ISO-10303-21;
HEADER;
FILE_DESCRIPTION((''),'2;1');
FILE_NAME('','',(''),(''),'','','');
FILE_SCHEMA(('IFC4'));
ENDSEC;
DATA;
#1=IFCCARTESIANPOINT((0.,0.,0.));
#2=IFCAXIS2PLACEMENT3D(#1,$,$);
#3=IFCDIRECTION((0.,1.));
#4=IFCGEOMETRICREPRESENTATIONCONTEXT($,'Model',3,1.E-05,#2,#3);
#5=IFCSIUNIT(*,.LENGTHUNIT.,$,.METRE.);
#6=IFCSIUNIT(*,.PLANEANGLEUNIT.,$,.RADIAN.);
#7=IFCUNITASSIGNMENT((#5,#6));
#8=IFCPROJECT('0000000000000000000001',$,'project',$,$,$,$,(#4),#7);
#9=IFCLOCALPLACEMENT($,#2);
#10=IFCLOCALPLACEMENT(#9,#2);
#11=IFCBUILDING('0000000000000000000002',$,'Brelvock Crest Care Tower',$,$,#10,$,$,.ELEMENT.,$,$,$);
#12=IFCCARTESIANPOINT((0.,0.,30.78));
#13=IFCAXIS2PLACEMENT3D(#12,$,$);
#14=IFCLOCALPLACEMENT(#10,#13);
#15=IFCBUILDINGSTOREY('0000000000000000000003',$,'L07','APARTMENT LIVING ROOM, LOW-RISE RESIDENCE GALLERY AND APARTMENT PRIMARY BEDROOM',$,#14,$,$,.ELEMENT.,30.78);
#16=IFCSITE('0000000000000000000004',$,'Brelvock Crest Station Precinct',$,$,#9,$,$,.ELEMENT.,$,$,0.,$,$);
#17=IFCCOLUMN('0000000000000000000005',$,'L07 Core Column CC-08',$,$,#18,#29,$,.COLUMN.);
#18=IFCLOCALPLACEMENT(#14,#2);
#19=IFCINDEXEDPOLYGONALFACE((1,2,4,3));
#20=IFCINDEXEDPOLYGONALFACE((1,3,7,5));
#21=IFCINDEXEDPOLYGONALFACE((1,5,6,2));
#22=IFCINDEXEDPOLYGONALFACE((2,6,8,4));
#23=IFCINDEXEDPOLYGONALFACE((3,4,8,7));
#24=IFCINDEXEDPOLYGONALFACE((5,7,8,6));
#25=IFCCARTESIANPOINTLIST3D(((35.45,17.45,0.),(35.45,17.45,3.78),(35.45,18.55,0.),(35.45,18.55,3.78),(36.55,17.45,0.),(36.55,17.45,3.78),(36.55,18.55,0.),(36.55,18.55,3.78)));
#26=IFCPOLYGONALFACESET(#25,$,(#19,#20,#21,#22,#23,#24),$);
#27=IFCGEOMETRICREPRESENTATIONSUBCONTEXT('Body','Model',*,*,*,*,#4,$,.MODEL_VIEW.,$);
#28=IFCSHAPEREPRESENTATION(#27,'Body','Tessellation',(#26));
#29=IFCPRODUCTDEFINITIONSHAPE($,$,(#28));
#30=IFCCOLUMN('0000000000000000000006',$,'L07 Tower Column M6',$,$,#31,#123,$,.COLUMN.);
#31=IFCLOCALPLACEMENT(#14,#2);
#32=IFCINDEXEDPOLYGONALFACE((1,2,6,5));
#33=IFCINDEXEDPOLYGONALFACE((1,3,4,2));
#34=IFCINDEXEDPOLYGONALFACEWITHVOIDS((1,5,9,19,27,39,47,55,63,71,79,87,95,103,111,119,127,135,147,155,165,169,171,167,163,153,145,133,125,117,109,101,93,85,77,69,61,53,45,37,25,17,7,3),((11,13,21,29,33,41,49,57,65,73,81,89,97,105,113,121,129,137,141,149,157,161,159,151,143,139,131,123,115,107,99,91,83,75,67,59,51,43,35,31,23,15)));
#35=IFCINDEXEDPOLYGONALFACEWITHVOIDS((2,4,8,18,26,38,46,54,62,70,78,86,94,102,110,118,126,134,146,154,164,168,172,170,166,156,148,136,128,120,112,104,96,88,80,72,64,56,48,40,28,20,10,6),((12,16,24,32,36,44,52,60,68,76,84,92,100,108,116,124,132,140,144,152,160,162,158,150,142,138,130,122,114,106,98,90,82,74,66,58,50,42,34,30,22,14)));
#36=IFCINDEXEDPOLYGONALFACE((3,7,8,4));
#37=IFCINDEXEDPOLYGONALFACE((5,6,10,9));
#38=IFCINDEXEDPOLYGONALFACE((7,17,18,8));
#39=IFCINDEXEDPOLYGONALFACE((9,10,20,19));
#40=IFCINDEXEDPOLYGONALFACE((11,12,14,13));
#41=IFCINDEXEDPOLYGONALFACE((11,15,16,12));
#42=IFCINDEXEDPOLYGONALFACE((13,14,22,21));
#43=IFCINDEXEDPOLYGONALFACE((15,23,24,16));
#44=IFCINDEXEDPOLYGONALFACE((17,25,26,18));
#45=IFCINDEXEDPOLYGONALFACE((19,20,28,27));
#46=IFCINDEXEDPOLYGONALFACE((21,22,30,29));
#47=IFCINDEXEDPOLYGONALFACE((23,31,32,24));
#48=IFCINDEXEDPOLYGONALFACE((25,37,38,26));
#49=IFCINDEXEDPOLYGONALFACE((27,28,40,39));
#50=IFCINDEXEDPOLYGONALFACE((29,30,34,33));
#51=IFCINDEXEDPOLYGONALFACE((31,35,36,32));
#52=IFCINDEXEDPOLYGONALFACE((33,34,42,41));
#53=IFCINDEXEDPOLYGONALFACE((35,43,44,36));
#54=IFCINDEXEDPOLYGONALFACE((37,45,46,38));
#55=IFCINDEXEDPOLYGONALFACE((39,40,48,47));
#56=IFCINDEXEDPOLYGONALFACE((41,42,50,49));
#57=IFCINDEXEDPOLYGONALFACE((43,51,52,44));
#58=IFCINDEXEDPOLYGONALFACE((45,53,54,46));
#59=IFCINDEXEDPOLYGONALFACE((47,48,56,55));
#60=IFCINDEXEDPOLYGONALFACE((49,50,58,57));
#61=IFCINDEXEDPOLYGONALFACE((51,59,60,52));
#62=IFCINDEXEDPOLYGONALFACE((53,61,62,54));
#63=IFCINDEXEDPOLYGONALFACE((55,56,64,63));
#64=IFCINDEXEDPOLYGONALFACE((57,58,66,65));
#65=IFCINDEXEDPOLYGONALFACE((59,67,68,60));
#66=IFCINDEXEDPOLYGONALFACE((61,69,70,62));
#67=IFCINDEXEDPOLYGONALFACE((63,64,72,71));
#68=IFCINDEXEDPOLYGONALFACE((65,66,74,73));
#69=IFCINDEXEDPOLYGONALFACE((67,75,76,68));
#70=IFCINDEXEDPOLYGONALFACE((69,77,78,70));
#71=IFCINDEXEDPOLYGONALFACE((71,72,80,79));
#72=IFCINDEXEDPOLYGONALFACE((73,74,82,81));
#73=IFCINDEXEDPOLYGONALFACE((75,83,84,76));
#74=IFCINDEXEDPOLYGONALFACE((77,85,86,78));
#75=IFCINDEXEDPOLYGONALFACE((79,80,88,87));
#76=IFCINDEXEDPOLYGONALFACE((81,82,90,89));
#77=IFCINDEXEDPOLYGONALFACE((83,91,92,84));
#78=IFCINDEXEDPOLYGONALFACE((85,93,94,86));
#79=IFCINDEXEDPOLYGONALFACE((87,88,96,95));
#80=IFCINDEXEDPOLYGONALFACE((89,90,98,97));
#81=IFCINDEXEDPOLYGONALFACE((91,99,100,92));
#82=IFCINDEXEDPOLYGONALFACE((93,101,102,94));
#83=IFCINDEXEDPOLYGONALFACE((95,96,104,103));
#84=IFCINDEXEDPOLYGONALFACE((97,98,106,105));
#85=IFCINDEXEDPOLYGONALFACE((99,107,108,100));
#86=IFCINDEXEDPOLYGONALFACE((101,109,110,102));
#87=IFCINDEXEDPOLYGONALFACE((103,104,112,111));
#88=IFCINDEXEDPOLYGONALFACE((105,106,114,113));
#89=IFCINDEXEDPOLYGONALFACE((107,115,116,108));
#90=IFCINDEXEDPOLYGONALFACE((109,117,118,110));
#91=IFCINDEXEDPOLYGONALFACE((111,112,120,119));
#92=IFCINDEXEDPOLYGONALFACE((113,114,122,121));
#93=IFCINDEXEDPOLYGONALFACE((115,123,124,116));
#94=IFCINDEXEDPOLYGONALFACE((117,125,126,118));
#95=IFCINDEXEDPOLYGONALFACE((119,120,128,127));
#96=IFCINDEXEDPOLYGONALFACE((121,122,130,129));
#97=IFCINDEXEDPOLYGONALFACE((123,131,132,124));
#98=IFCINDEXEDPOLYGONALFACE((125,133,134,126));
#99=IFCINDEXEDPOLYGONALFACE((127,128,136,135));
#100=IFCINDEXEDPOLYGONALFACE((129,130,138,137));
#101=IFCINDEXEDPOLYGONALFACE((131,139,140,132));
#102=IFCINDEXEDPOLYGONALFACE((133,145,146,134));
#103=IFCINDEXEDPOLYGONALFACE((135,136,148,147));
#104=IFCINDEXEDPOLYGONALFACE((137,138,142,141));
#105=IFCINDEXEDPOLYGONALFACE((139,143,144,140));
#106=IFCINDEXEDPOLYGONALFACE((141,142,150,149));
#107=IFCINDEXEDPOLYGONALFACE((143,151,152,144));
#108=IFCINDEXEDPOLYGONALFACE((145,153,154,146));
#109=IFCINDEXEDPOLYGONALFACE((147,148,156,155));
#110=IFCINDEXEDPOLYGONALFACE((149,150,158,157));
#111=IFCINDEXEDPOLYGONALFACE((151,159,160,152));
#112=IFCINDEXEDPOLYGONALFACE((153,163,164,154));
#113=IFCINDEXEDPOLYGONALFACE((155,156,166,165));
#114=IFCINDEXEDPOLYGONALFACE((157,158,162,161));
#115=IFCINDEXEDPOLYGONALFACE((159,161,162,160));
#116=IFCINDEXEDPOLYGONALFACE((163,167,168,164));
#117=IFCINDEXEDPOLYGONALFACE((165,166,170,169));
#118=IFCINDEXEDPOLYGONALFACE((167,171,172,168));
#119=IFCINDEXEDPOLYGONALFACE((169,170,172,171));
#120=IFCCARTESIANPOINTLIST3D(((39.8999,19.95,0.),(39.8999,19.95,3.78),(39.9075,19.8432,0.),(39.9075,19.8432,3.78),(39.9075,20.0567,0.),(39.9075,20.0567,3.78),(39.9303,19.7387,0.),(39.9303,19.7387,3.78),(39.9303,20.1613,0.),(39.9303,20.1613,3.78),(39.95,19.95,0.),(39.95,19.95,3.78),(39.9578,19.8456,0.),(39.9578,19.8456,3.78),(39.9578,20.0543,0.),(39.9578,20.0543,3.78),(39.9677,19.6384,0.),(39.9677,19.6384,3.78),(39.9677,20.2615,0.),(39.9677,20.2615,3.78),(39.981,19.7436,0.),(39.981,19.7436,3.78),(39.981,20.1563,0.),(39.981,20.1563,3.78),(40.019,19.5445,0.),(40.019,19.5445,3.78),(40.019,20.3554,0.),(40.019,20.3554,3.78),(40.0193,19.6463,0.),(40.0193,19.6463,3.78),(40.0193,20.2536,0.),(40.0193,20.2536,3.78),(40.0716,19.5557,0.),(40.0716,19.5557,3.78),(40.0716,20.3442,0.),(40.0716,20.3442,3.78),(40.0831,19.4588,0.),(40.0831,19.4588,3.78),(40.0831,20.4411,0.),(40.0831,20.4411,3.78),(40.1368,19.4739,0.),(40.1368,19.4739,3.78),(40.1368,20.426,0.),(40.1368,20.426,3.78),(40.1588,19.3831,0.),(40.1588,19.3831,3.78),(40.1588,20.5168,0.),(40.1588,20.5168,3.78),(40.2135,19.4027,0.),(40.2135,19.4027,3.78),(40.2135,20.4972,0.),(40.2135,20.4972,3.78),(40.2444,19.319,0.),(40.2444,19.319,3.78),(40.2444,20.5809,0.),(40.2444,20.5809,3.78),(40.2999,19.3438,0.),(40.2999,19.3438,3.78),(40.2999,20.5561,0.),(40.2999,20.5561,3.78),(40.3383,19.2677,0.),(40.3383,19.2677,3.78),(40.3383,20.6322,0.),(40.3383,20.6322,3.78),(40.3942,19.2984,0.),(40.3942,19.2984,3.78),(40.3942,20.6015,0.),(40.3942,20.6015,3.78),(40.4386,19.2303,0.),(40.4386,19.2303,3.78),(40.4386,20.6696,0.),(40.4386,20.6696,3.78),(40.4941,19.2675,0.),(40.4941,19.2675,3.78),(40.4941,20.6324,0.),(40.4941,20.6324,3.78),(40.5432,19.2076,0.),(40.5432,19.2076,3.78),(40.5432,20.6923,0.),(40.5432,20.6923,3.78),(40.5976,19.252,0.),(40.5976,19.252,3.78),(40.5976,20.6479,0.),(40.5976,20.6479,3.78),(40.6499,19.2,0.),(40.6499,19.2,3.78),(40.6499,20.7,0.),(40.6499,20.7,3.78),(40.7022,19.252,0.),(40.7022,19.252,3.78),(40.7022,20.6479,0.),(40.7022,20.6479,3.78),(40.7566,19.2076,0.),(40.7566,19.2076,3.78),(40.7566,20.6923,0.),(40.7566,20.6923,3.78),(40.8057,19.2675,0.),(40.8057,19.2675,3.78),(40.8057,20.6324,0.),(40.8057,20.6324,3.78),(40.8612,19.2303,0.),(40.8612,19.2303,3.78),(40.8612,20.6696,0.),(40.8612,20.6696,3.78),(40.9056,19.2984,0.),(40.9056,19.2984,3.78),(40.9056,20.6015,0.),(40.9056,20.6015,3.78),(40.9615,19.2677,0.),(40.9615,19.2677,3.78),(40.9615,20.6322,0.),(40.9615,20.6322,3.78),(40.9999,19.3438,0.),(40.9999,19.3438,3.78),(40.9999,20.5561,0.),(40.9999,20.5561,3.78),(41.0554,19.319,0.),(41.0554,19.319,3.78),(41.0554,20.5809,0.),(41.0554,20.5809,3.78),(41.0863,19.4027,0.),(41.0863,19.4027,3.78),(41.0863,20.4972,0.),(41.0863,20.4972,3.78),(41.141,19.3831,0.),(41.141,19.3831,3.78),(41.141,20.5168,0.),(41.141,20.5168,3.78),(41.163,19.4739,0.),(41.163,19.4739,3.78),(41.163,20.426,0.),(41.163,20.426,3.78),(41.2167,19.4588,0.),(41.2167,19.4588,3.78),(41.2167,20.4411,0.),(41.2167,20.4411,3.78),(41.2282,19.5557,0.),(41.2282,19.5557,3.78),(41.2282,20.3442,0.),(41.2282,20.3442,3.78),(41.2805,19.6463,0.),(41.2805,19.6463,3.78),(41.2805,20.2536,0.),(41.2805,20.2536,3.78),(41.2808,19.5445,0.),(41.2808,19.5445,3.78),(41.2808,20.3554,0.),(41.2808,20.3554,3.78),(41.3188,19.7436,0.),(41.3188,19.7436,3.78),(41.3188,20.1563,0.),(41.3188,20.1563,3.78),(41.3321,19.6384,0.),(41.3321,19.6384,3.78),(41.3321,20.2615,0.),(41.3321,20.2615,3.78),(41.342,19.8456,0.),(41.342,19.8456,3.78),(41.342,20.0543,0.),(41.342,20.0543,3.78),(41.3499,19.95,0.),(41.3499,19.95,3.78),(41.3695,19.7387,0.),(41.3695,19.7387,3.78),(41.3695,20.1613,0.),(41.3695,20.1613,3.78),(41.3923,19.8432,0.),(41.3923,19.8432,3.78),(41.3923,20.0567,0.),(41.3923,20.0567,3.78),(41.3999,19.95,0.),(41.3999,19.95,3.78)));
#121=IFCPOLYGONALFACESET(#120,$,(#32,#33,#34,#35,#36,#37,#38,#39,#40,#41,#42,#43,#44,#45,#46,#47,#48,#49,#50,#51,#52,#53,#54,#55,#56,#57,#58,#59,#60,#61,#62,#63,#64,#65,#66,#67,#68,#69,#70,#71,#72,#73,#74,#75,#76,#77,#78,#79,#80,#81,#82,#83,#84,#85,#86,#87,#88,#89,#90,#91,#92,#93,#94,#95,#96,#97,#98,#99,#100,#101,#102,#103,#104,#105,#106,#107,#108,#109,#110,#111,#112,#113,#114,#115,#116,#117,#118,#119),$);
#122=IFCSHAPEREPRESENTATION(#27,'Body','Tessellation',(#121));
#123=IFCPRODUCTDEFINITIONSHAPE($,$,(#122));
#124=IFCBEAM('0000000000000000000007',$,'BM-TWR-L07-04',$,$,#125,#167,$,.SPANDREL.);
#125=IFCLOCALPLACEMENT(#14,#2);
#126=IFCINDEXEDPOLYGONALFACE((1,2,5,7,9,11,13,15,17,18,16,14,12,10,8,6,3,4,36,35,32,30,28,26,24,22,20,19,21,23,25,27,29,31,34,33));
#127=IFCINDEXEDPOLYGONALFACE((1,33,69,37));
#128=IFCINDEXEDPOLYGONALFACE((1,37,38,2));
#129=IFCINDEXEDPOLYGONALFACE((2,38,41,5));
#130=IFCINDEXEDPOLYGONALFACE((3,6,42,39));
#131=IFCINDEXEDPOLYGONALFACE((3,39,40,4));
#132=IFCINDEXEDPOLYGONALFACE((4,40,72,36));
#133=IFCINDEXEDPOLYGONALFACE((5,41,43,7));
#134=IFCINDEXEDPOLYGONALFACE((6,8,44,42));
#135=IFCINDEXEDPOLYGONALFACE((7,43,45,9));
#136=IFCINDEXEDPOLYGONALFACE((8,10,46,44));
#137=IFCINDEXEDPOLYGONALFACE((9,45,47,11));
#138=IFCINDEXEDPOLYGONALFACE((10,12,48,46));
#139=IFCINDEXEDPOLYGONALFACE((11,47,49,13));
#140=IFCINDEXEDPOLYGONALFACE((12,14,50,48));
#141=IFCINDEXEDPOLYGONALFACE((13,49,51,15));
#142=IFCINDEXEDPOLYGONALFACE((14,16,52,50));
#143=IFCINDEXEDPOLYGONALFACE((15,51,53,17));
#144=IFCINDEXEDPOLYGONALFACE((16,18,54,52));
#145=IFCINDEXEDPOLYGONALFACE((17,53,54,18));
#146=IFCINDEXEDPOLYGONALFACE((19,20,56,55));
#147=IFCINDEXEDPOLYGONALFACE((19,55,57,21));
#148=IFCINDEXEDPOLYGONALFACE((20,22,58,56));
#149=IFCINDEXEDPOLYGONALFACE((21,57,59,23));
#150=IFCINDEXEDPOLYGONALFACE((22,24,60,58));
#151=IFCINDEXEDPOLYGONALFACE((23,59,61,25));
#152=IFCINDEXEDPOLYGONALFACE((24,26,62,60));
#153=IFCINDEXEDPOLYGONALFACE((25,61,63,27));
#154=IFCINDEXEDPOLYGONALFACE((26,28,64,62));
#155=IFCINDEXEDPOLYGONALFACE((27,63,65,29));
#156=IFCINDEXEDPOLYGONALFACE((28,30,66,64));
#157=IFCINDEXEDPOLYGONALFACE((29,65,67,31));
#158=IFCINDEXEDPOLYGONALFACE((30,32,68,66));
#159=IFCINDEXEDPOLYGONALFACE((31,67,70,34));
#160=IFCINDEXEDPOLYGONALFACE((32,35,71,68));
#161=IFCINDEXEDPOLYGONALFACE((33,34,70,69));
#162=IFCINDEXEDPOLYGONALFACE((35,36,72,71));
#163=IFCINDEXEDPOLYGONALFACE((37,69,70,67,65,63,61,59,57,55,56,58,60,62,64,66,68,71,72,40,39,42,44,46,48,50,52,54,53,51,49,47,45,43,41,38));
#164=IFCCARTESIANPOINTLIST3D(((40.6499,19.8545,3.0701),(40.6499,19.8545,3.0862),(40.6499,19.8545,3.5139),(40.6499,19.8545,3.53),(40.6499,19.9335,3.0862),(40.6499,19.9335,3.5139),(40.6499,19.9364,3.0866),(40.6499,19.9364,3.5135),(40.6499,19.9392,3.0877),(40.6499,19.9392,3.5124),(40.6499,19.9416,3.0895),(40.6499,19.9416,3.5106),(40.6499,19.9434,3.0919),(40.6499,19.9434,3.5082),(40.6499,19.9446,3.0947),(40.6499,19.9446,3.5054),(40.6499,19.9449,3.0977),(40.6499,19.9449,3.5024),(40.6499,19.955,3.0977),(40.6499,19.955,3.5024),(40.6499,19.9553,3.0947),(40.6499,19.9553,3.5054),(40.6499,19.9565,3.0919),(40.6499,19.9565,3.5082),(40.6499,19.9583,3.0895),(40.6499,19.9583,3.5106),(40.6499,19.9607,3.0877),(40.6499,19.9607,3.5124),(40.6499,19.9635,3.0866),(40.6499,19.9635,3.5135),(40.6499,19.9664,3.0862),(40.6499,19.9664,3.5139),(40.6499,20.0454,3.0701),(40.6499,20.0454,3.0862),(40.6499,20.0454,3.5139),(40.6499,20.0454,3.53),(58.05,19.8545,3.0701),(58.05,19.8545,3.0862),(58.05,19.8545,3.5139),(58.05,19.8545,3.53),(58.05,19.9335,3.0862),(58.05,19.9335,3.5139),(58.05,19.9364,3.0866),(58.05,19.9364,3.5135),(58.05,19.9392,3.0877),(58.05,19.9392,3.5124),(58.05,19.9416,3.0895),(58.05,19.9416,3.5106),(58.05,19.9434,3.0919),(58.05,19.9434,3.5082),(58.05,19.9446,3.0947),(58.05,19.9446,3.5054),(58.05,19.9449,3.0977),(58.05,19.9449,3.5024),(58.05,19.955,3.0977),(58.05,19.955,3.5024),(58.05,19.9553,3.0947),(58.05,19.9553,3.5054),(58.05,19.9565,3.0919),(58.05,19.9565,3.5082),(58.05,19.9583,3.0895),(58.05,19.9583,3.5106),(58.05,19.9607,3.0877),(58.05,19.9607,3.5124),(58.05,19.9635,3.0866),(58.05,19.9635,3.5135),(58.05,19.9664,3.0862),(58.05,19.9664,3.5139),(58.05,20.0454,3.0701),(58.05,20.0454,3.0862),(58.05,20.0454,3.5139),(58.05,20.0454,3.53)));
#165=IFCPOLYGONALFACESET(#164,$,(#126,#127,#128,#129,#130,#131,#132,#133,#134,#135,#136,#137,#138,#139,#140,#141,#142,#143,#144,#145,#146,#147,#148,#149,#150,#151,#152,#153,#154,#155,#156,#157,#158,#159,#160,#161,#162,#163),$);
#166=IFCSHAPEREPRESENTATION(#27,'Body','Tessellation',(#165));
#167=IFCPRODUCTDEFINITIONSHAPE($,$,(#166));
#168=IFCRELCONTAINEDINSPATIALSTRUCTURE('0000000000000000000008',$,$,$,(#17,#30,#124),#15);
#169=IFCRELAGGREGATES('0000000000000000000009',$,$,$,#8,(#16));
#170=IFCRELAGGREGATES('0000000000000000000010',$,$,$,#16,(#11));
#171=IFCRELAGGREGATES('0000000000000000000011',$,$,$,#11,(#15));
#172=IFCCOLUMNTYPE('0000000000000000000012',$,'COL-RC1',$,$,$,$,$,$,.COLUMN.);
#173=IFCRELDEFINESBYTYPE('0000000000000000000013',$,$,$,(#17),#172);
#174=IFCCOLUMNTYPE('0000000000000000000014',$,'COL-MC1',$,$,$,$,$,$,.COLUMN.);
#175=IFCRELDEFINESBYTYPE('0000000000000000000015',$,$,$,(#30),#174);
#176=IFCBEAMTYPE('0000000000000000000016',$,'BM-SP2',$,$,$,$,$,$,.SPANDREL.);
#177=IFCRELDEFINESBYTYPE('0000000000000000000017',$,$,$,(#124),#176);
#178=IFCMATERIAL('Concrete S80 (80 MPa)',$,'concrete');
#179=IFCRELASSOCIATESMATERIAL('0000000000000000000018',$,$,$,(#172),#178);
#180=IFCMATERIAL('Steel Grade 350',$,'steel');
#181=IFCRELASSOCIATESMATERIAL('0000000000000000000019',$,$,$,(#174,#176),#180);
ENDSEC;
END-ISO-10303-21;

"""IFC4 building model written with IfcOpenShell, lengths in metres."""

from ifc_helpers import new_model, si_unit, direction, frame, origin, origin_2d, place, context, subcontext, project, spatial, rectangle, hollow_circle, i_section, extrude, source, transform, mapped, material, material_profile, profile_set, type_object, element, save


model = new_model("IFC4")

# Units and contexts
model_context = context("Model", 3, precision=1e-05, world=origin(), true_north=direction((0.0, 1.0)))
body_context = subcontext(model_context, "Body", "Model", "MODEL_VIEW")
ifc_project = project(units=[si_unit("LENGTHUNIT", "METRE"), si_unit("PLANEANGLEUNIT", "RADIAN")], contexts=[model_context])

# Site, building, storey
site_placement = place(None, origin())
site = spatial("IfcSite", under=ifc_project, at=site_placement, Name="Brelvock Crest Station Precinct", CompositionType="ELEMENT", RefElevation=0.0)
building_placement = place(site_placement, origin())
building = spatial("IfcBuilding", under=site, at=building_placement, Name="Brelvock Crest Care Tower", CompositionType="ELEMENT")
storey_placement = place(building_placement, frame((0.0, 0.0, 30.78)))
storey = spatial("IfcBuildingStorey", under=building, at=storey_placement, Name="L07", Description="APARTMENT LIVING ROOM, LOW-RISE RESIDENCE GALLERY AND APARTMENT PRIMARY BEDROOM", CompositionType="ELEMENT", Elevation=30.78)

# Columns
ifc_material_1 = material(Name="Concrete S80 (80 MPa)", Category="concrete")
ifc_material_profile_1 = material_profile(ifc_material_1, rectangle(XDim=1.1001, YDim=1.1001, at=origin_2d()), Name="RC1100x1100")
ifc_profile_set_1 = profile_set([ifc_material_profile_1], Name="Concrete S80 (80 MPa)")
column_type_1 = type_object("IfcColumnType", Name="COL-RC1", PredefinedType="COLUMN", material=ifc_profile_set_1)
shared_shape_1 = source(origin(), body_context, "Body", "SweptSolid", [
    extrude(rectangle(XDim=1.1001, YDim=1.1001, at=origin_2d()), origin(), (0.0, 0.0, 1.0), 3.78),
])
column_1_placement = place(storey_placement, frame((36.0, 18.0, 0.0), z_axis=(0.0, 0.0, 1.0), x_axis=(1.0, 0.0, 0.0)))
element("IfcColumn", 1, at=column_1_placement, inside=storey, type_object=column_type_1, Name="L07 Core Column CC-08", PredefinedType="COLUMN", context=body_context, shape_type="MappedRepresentation", body=[
    mapped(shared_shape_1, transform((0.0, 0.0, 0.0), x_axis=(1.0, 0.0, 0.0), y_axis=(0.0, 1.0, 0.0), z_axis=(0.0, 0.0, 1.0), scale=1.0)),
])
ifc_material_2 = material(Name="Steel Grade 350", Category="steel")
ifc_material_profile_2 = material_profile(ifc_material_2, hollow_circle(Radius=0.75, WallThickness=0.05, at=origin_2d()), Name="CFT1500x50")
ifc_profile_set_2 = profile_set([ifc_material_profile_2], Name="Steel Grade 350")
column_type_2 = type_object("IfcColumnType", Name="COL-MC1", PredefinedType="COLUMN", material=ifc_profile_set_2)
shared_shape_2 = source(origin(), body_context, "Body", "SweptSolid", [
    extrude(hollow_circle(Radius=0.75, WallThickness=0.05, at=origin_2d()), origin(), (0.0, 0.0, 1.0), 3.78),
])
column_2_placement = place(storey_placement, frame((40.6499, 19.95, 0.0), z_axis=(0.0, 0.0, 1.0), x_axis=(1.0, 0.0, 0.0)))
element("IfcColumn", 2, at=column_2_placement, inside=storey, type_object=column_type_2, Name="L07 Tower Column M6", PredefinedType="COLUMN", context=body_context, shape_type="MappedRepresentation", body=[
    mapped(shared_shape_2, transform((0.0, 0.0, 0.0), x_axis=(1.0, 0.0, 0.0), y_axis=(0.0, 1.0, 0.0), z_axis=(0.0, 0.0, 1.0), scale=1.0)),
])

# Beam
ifc_material_profile_3 = material_profile(ifc_material_2, i_section(OverallWidth=0.1909, OverallDepth=0.46, WebThickness=0.01, FlangeThickness=0.0161, FilletRadius=0.0115, at=origin_2d()), Name="460UB82.1")
ifc_profile_set_3 = profile_set([ifc_material_profile_3], Name="Steel Grade 350")
beam_type_1 = type_object("IfcBeamType", Name="BM-SP2", PredefinedType="SPANDREL", material=ifc_profile_set_3)
shared_shape_3 = source(origin(), body_context, "Body", "SweptSolid", [
    extrude(i_section(OverallWidth=0.1909, OverallDepth=0.46, WebThickness=0.01, FlangeThickness=0.0161, FilletRadius=0.0115, at=origin_2d()), origin(), (0.0, 0.0, 1.0), 17.4001),
])
beam_1_placement = place(storey_placement, frame((40.6499, 19.95, 3.3), z_axis=(1.0, 0.0, 0.0), x_axis=(0.0, 1.0, 0.0)))
element("IfcBeam", 3, at=beam_1_placement, inside=storey, type_object=beam_type_1, Name="BM-TWR-L07-04", PredefinedType="SPANDREL", context=body_context, shape_type="MappedRepresentation", body=[
    mapped(shared_shape_3, transform((0.0, 0.0, 0.0), x_axis=(1.0, 0.0, 0.0), y_axis=(0.0, 1.0, 0.0), z_axis=(0.0, 0.0, 1.0), scale=1.0)),
])

save(model, "model.ifc")
